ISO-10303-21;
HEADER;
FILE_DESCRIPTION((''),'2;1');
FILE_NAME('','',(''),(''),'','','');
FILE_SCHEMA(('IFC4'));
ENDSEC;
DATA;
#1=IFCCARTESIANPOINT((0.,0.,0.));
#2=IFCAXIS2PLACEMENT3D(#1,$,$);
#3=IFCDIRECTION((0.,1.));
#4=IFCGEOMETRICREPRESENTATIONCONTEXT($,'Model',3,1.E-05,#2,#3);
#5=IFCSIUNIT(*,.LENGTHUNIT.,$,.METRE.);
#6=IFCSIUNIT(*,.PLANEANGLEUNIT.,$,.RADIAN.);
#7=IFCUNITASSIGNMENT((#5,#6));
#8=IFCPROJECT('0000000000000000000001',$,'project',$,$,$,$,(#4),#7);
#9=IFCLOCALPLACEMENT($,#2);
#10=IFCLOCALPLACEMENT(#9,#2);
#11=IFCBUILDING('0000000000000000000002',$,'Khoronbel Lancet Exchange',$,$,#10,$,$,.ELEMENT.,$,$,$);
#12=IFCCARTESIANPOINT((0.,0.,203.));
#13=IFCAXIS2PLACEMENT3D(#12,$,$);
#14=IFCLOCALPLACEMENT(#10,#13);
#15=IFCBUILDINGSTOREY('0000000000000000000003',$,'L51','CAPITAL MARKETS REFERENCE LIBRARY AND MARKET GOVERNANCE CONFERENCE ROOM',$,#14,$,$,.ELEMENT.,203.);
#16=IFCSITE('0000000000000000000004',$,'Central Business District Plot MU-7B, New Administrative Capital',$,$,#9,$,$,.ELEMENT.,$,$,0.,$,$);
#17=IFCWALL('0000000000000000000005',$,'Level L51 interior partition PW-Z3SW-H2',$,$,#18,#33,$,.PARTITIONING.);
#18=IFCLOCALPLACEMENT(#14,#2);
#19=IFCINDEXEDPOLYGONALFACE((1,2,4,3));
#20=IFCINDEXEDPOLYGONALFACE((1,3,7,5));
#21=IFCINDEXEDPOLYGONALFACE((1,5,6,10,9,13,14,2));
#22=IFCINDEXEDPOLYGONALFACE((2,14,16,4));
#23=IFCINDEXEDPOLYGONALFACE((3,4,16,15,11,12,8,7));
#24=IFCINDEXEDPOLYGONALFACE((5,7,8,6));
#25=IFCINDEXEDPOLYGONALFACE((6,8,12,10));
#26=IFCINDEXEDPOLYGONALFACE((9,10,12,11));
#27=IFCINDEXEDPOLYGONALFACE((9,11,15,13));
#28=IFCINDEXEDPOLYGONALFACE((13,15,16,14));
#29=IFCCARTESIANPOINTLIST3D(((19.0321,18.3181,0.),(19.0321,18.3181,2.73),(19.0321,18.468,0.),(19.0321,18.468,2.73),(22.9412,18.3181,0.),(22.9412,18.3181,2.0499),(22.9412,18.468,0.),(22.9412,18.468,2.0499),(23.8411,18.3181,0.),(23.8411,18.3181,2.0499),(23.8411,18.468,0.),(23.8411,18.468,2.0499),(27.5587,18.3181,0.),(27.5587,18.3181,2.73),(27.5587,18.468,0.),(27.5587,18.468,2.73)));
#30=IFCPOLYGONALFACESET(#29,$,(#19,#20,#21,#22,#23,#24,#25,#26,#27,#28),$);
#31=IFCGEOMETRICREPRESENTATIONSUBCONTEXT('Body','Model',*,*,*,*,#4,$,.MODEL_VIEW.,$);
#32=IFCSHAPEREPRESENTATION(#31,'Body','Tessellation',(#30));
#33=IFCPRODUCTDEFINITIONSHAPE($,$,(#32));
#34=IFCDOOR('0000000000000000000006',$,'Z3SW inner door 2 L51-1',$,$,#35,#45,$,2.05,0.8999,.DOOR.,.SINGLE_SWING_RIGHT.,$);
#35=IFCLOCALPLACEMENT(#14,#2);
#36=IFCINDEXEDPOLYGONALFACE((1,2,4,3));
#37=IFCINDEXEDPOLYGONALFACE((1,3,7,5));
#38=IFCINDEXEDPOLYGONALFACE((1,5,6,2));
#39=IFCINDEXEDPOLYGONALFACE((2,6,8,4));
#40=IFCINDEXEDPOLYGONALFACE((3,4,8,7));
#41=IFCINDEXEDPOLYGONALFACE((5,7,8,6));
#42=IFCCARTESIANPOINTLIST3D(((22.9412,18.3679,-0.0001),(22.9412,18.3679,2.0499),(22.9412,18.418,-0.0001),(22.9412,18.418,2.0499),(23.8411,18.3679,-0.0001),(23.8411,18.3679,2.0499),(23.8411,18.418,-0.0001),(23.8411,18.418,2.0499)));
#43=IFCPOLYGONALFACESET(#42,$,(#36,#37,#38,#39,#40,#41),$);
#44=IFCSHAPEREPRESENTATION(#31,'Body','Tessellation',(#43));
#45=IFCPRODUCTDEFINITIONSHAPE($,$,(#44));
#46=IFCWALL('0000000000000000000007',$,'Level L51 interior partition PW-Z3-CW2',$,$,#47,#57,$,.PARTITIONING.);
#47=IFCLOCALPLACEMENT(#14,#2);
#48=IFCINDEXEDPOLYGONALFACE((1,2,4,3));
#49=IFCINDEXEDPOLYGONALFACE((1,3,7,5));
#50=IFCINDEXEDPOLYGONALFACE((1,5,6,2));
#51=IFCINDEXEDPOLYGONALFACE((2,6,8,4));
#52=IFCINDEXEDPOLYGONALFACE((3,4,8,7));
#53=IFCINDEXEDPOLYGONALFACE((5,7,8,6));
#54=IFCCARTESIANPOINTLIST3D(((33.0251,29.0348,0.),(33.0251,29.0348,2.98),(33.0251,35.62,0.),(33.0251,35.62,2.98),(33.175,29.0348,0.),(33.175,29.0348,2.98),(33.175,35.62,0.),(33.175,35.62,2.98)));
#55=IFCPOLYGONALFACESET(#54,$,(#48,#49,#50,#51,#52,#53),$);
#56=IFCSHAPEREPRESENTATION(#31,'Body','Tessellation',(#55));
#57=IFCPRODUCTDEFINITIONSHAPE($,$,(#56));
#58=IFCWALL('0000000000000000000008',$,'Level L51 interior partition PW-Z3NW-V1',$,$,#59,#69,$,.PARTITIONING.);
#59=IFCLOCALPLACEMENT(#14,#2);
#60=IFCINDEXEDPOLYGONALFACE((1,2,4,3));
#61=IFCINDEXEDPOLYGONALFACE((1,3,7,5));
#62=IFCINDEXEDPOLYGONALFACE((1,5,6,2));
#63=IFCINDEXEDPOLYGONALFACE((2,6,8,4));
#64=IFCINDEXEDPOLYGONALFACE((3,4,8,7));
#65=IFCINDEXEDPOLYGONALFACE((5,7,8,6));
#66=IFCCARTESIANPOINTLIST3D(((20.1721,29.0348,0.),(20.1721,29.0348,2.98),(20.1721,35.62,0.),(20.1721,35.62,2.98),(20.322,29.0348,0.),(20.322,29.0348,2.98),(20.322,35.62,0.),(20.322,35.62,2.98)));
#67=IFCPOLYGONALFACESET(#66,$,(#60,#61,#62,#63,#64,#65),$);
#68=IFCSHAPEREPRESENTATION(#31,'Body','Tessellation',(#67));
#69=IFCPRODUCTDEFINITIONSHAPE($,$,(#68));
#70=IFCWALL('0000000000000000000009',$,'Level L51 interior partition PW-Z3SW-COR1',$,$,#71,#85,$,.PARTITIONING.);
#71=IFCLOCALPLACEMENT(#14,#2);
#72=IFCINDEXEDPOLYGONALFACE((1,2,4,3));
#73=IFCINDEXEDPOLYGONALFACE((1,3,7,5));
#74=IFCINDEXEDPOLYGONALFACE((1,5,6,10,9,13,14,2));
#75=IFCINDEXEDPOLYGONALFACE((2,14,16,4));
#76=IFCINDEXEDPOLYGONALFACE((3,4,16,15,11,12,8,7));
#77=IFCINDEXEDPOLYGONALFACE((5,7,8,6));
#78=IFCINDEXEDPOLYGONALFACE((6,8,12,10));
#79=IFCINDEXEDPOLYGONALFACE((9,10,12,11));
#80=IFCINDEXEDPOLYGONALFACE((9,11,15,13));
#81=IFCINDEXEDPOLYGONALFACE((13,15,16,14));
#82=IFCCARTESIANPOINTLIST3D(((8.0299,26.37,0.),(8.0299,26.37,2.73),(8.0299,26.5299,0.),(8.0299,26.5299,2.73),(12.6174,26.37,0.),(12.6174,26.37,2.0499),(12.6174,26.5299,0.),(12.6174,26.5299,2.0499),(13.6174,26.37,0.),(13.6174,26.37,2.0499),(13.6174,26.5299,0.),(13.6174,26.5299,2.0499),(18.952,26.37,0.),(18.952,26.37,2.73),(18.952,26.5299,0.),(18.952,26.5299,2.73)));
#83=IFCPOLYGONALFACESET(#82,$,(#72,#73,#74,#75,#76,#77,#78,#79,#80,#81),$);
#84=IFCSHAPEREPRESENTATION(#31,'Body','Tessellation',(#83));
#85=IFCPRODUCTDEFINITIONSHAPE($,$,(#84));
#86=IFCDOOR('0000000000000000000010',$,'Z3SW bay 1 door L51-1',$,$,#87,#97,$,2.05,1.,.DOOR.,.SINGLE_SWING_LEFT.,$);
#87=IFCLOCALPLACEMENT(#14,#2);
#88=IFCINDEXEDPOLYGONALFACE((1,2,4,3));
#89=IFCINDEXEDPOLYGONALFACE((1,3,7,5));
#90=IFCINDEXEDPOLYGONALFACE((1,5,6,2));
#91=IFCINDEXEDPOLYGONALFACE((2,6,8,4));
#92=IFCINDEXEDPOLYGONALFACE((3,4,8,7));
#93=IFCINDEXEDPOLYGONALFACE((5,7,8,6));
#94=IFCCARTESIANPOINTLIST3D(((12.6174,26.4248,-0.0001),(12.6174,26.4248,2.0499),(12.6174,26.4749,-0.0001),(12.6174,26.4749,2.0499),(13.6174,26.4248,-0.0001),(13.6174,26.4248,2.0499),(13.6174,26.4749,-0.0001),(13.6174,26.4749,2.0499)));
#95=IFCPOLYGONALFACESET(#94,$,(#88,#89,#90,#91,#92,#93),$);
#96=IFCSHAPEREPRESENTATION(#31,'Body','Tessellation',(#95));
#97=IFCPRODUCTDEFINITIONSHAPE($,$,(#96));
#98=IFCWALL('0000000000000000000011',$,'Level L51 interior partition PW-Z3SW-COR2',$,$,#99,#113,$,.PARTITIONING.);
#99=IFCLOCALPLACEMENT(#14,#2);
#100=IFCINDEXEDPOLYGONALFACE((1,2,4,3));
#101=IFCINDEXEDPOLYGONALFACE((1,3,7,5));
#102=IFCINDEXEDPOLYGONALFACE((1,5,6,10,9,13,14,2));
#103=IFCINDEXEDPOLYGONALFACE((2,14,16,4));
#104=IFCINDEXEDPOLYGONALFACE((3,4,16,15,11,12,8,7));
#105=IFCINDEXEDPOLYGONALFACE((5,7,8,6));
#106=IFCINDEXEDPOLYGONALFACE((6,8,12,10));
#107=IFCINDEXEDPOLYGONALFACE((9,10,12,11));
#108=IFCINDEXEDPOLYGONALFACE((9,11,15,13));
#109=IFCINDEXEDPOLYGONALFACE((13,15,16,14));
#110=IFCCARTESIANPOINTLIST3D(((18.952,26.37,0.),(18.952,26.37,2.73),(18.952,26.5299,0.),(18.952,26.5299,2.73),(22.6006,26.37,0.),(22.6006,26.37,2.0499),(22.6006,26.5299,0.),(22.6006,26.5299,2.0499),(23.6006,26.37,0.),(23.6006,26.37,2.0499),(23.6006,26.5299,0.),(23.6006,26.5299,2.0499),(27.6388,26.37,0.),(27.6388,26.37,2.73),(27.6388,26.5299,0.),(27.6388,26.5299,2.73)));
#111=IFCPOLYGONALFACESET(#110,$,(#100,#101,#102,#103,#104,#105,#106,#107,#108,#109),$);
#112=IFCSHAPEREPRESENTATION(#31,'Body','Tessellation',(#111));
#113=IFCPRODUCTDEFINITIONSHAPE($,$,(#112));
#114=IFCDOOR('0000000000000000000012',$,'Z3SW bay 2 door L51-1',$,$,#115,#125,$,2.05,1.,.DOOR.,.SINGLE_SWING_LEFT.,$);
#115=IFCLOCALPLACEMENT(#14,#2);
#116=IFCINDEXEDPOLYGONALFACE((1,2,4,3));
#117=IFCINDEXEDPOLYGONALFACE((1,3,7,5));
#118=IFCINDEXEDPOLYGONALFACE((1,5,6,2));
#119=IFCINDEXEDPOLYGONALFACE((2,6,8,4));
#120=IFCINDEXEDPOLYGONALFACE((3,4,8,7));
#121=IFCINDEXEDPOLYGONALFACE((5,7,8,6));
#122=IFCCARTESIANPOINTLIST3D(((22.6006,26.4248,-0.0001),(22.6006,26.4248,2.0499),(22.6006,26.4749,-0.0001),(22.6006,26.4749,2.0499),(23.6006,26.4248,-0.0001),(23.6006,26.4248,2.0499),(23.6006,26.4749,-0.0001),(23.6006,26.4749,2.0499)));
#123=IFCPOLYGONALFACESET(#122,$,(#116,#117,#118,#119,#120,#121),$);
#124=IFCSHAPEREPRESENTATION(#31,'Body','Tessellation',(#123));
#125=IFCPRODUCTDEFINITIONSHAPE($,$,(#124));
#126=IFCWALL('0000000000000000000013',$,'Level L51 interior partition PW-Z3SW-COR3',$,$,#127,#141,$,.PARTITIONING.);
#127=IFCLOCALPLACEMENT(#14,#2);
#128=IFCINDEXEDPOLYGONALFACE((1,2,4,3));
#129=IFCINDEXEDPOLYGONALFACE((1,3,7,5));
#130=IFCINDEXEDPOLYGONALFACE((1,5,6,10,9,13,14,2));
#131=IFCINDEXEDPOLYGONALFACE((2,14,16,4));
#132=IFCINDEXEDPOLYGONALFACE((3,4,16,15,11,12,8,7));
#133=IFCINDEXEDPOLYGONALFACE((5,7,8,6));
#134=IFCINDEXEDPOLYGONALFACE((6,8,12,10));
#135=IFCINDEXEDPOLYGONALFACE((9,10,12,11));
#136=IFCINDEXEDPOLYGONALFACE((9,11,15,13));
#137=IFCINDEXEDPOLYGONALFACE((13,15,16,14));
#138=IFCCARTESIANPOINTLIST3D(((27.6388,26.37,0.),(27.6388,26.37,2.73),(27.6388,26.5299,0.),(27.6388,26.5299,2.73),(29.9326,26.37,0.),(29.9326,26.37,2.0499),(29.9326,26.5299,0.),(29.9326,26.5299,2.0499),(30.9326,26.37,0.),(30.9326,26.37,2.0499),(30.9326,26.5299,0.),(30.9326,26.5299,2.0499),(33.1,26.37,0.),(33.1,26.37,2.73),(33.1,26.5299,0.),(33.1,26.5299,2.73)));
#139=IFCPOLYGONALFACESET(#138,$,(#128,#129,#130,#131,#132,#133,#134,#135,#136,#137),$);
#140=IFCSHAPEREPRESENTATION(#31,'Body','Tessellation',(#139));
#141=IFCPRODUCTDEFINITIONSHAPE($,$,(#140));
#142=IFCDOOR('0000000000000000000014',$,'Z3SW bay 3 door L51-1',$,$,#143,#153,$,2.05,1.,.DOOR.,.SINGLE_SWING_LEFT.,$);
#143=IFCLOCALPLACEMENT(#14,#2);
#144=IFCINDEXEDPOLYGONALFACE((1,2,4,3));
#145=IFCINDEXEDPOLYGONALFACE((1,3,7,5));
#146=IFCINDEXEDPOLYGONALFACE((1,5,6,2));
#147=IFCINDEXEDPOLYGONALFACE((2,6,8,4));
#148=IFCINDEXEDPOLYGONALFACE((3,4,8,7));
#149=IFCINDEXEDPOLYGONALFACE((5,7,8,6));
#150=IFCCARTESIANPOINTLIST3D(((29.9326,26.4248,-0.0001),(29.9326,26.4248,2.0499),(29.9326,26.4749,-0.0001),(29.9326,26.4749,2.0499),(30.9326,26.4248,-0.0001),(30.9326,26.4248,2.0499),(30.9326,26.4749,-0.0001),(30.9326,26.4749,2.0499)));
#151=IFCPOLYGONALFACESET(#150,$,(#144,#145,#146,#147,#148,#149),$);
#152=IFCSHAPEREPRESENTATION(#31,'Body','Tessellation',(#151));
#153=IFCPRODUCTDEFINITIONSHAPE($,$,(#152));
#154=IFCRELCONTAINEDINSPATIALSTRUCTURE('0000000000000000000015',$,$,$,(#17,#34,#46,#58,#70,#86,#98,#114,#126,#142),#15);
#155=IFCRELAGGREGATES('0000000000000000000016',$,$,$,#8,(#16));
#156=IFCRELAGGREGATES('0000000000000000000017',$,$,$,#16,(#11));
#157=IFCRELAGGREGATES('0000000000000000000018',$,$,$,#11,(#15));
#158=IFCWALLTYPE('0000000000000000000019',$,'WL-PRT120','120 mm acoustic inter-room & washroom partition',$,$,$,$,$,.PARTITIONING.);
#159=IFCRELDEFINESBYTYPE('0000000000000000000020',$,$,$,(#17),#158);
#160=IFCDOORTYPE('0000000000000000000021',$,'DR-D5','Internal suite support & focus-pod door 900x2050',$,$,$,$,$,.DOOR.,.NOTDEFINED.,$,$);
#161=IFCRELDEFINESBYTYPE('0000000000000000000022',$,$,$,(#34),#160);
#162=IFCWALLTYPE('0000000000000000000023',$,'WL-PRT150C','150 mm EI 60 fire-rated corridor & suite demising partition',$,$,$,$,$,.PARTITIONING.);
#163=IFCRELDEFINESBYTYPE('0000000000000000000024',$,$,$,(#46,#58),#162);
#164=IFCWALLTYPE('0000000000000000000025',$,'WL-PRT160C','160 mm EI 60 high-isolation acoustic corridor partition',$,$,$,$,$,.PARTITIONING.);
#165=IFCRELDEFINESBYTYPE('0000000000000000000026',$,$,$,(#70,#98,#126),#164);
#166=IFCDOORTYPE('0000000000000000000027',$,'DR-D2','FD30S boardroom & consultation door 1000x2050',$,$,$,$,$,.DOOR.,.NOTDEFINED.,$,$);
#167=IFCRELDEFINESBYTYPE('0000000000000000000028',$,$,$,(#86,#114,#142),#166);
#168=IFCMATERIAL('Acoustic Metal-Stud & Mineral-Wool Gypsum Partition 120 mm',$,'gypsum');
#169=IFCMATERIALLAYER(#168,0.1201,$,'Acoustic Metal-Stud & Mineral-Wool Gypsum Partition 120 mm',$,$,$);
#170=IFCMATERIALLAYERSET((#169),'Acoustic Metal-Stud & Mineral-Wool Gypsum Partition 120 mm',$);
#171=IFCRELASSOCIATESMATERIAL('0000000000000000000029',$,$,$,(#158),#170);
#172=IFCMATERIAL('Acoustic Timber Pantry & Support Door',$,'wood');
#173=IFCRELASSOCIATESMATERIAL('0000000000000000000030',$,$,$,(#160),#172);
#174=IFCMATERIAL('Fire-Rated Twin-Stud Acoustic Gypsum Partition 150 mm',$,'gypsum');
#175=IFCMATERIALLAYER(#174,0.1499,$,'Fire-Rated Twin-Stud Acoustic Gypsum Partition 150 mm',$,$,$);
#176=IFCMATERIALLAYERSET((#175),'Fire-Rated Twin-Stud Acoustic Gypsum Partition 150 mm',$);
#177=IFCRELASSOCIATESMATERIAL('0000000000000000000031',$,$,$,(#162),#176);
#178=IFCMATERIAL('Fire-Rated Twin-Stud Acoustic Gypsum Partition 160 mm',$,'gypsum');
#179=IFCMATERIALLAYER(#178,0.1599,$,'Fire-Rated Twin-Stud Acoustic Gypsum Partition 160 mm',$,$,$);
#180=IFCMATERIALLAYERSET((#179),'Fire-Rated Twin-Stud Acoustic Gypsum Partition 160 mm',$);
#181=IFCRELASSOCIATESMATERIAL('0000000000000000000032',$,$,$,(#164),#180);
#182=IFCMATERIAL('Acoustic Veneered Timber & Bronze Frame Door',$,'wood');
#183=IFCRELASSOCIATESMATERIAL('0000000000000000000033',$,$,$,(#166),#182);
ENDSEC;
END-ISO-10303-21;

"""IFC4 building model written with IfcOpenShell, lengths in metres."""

from ifc_helpers import new_model, si_unit, direction, frame, frame_2d, origin, place, context, subcontext, project, spatial, rectangle, extrude, material, layer, layer_set, type_object, element, fill, save


model = new_model("IFC4")

# Units and contexts
model_context = context("Model", 3, precision=1e-05, world=origin(), true_north=direction((0.0, 1.0)))
body_context = subcontext(model_context, "Body", "Model", "MODEL_VIEW")
ifc_project = project(units=[si_unit("LENGTHUNIT", "METRE"), si_unit("PLANEANGLEUNIT", "RADIAN")], contexts=[model_context])

# Site, building, storey
site_placement = place(None, origin())
site = spatial("IfcSite", under=ifc_project, at=site_placement, Name="Central Business District Plot MU-7B, New Administrative Capital", CompositionType="ELEMENT", RefElevation=0.0)
building_placement = place(site_placement, origin())
building = spatial("IfcBuilding", under=site, at=building_placement, Name="Khoronbel Lancet Exchange", CompositionType="ELEMENT")
storey_placement = place(building_placement, frame((0.0, 0.0, 203.0)))
storey = spatial("IfcBuildingStorey", under=building, at=storey_placement, Name="L51", Description="CAPITAL MARKETS REFERENCE LIBRARY AND MARKET GOVERNANCE CONFERENCE ROOM", CompositionType="ELEMENT", Elevation=203.0)

# Wall, opening, door
ifc_material_1 = material(Name="Acoustic Metal-Stud & Mineral-Wool Gypsum Partition 120 mm", Category="gypsum")
ifc_layer_1 = layer(ifc_material_1, 0.1201, Name="Acoustic Metal-Stud & Mineral-Wool Gypsum Partition 120 mm")
ifc_layer_set_1 = layer_set([ifc_layer_1], Name="Acoustic Metal-Stud & Mineral-Wool Gypsum Partition 120 mm")
wall_type_1 = type_object("IfcWallType", Name="WL-PRT120", Description="120 mm acoustic inter-room & washroom partition", PredefinedType="PARTITIONING", material=ifc_layer_set_1)
ifc_material_2 = material(Name="Acoustic Timber Pantry & Support Door", Category="wood")
door_type_1 = type_object("IfcDoorType", Name="DR-D5", Description="Internal suite support & focus-pod door 900x2050", OperationType="NOTDEFINED", PredefinedType="DOOR", material=ifc_material_2)
wall_1_placement = place(storey_placement, frame((19.0322, 18.3931, 0.0), z_axis=(0.0, 0.0, 1.0), x_axis=(1.0, 0.0, 0.0)))
wall_1 = element("IfcWall", 1, at=wall_1_placement, inside=storey, type_object=wall_type_1, Name="Level L51 interior partition PW-Z3SW-H2", PredefinedType="PARTITIONING", context=body_context, shape_type="SweptSolid", body=[
    extrude(rectangle(XDim=8.5266, YDim=0.1499, at=frame_2d((4.2632, 0.0))), origin(), (0.0, 0.0, 1.0), 2.73),
])
opening_1_placement = place(wall_1_placement, frame((3.9089, 0.0, 0.0)))
opening_1 = element("IfcOpeningElement", 2, at=opening_1_placement, cuts=wall_1, PredefinedType="OPENING", context=body_context, shape_type="SweptSolid", body=[
    extrude(rectangle(XDim=0.8999, YDim=2.05, at=frame_2d((0.45, 1.0249))), frame((0.0, 0.085, 0.0), z_axis=(0.0, -1.0, 0.0), x_axis=(1.0, 0.0, 0.0)), (0.0, 0.0, 1.0), 0.1699),
])
door_1_placement = place(opening_1_placement, origin())
door_1 = element("IfcDoor", 3, at=door_1_placement, inside=storey, type_object=door_type_1, Name="Z3SW inner door 2 L51-1", OperationType="SINGLE_SWING_RIGHT", OverallHeight=2.05, OverallWidth=0.8999, PredefinedType="DOOR", context=body_context, shape_type="SweptSolid", body=[
    extrude(rectangle(XDim=0.8999, YDim=2.05, at=frame_2d((0.45, 1.0249))), frame((0.0, 0.0249, 0.0), z_axis=(0.0, -1.0, 0.0), x_axis=(1.0, 0.0, 0.0)), (0.0, 0.0, 1.0), 0.05),
])
fill(opening_1, door_1)

# Walls
ifc_material_3 = material(Name="Fire-Rated Twin-Stud Acoustic Gypsum Partition 150 mm", Category="gypsum")
ifc_layer_2 = layer(ifc_material_3, 0.1499, Name="Fire-Rated Twin-Stud Acoustic Gypsum Partition 150 mm")
ifc_layer_set_2 = layer_set([ifc_layer_2], Name="Fire-Rated Twin-Stud Acoustic Gypsum Partition 150 mm")
wall_type_2 = type_object("IfcWallType", Name="WL-PRT150C", Description="150 mm EI 60 fire-rated corridor & suite demising partition", PredefinedType="PARTITIONING", material=ifc_layer_set_2)
for number, where, z_axis, x_axis, name in (
    (4, (33.1001, 29.0349, 0.0), (0.0, 0.0, 1.0), (0.0, 1.0, 0.0), "Level L51 interior partition PW-Z3-CW2"),
    (5, (20.2471, 29.0349, 0.0), (0.0, 0.0, 1.0), (0.0, 1.0, 0.0), "Level L51 interior partition PW-Z3NW-V1"),
):
    element("IfcWall", number, at=place(storey_placement, frame(where, z_axis=z_axis, x_axis=x_axis)), inside=storey, type_object=wall_type_2, Name=name, PredefinedType="PARTITIONING", context=body_context, shape_type="SweptSolid", body=[
        extrude(rectangle(XDim=6.5852, YDim=0.1499, at=frame_2d((3.2925, 0.0))), origin(), (0.0, 0.0, 1.0), 2.98),
    ])

# Walls, openings, doors
ifc_material_4 = material(Name="Fire-Rated Twin-Stud Acoustic Gypsum Partition 160 mm", Category="gypsum")
ifc_layer_3 = layer(ifc_material_4, 0.1599, Name="Fire-Rated Twin-Stud Acoustic Gypsum Partition 160 mm")
ifc_layer_set_3 = layer_set([ifc_layer_3], Name="Fire-Rated Twin-Stud Acoustic Gypsum Partition 160 mm")
wall_type_3 = type_object("IfcWallType", Name="WL-PRT160C", Description="160 mm EI 60 high-isolation acoustic corridor partition", PredefinedType="PARTITIONING", material=ifc_layer_set_3)
wall_2_placement = place(storey_placement, frame((8.03, 26.45, 0.0), z_axis=(0.0, 0.0, 1.0), x_axis=(1.0, 0.0, 0.0)))
wall_2 = element("IfcWall", 6, at=wall_2_placement, inside=storey, type_object=wall_type_3, Name="Level L51 interior partition PW-Z3SW-COR1", PredefinedType="PARTITIONING", context=body_context, shape_type="SweptSolid", body=[
    extrude(rectangle(XDim=10.9221, YDim=0.1599, at=frame_2d((5.4609, 0.0))), origin(), (0.0, 0.0, 1.0), 2.73),
])
opening_2_placement = place(wall_2_placement, frame((4.5874, 0.0, 0.0)))
opening_2 = element("IfcOpeningElement", 7, at=opening_2_placement, cuts=wall_2, PredefinedType="OPENING", context=body_context, shape_type="SweptSolid", body=[
    extrude(rectangle(XDim=1.0, YDim=2.05, at=frame_2d((0.5, 1.0249))), frame((0.0, 0.0898, 0.0), z_axis=(0.0, -1.0, 0.0), x_axis=(1.0, 0.0, 0.0)), (0.0, 0.0, 1.0), 0.1799),
])
ifc_material_5 = material(Name="Acoustic Veneered Timber & Bronze Frame Door", Category="wood")
door_type_2 = type_object("IfcDoorType", Name="DR-D2", Description="FD30S boardroom & consultation door 1000x2050", OperationType="NOTDEFINED", PredefinedType="DOOR", material=ifc_material_5)
door_2_placement = place(opening_2_placement, origin())
door_2 = element("IfcDoor", 8, at=door_2_placement, inside=storey, type_object=door_type_2, Name="Z3SW bay 1 door L51-1", OperationType="SINGLE_SWING_LEFT", OverallHeight=2.05, OverallWidth=1.0, PredefinedType="DOOR", context=body_context, shape_type="SweptSolid", body=[
    extrude(rectangle(XDim=1.0, YDim=2.05, at=frame_2d((0.5, 1.0249))), frame((0.0, 0.0249, 0.0), z_axis=(0.0, -1.0, 0.0), x_axis=(1.0, 0.0, 0.0)), (0.0, 0.0, 1.0), 0.05),
])
fill(opening_2, door_2)
wall_3_placement = place(storey_placement, frame((18.9521, 26.45, 0.0), z_axis=(0.0, 0.0, 1.0), x_axis=(1.0, 0.0, 0.0)))
wall_3 = element("IfcWall", 9, at=wall_3_placement, inside=storey, type_object=wall_type_3, Name="Level L51 interior partition PW-Z3SW-COR2", PredefinedType="PARTITIONING", context=body_context, shape_type="SweptSolid", body=[
    extrude(rectangle(XDim=8.6868, YDim=0.1599, at=frame_2d((4.3433, 0.0))), origin(), (0.0, 0.0, 1.0), 2.73),
])
opening_3_placement = place(wall_3_placement, frame((3.6484, 0.0, 0.0)))
opening_3 = element("IfcOpeningElement", 10, at=opening_3_placement, cuts=wall_3, PredefinedType="OPENING", context=body_context, shape_type="SweptSolid", body=[
    extrude(rectangle(XDim=1.0, YDim=2.05, at=frame_2d((0.5, 1.0249))), frame((0.0, 0.0898, 0.0), z_axis=(0.0, -1.0, 0.0), x_axis=(1.0, 0.0, 0.0)), (0.0, 0.0, 1.0), 0.1799),
])
door_3_placement = place(opening_3_placement, origin())
door_3 = element("IfcDoor", 11, at=door_3_placement, inside=storey, type_object=door_type_2, Name="Z3SW bay 2 door L51-1", OperationType="SINGLE_SWING_LEFT", OverallHeight=2.05, OverallWidth=1.0, PredefinedType="DOOR", context=body_context, shape_type="SweptSolid", body=[
    extrude(rectangle(XDim=1.0, YDim=2.05, at=frame_2d((0.5, 1.0249))), frame((0.0, 0.0249, 0.0), z_axis=(0.0, -1.0, 0.0), x_axis=(1.0, 0.0, 0.0)), (0.0, 0.0, 1.0), 0.05),
])
fill(opening_3, door_3)
wall_4_placement = place(storey_placement, frame((27.6389, 26.45, 0.0), z_axis=(0.0, 0.0, 1.0), x_axis=(1.0, 0.0, 0.0)))
wall_4 = element("IfcWall", 12, at=wall_4_placement, inside=storey, type_object=wall_type_3, Name="Level L51 interior partition PW-Z3SW-COR3", PredefinedType="PARTITIONING", context=body_context, shape_type="SweptSolid", body=[
    extrude(rectangle(XDim=5.4612, YDim=0.1599, at=frame_2d((2.7305, 0.0))), origin(), (0.0, 0.0, 1.0), 2.73),
])
opening_4_placement = place(wall_4_placement, frame((2.2937, 0.0, 0.0)))
opening_4 = element("IfcOpeningElement", 13, at=opening_4_placement, cuts=wall_4, PredefinedType="OPENING", context=body_context, shape_type="SweptSolid", body=[
    extrude(rectangle(XDim=1.0, YDim=2.05, at=frame_2d((0.5, 1.0249))), frame((0.0, 0.0898, 0.0), z_axis=(0.0, -1.0, 0.0), x_axis=(1.0, 0.0, 0.0)), (0.0, 0.0, 1.0), 0.1799),
])
door_4_placement = place(opening_4_placement, origin())
door_4 = element("IfcDoor", 14, at=door_4_placement, inside=storey, type_object=door_type_2, Name="Z3SW bay 3 door L51-1", OperationType="SINGLE_SWING_LEFT", OverallHeight=2.05, OverallWidth=1.0, PredefinedType="DOOR", context=body_context, shape_type="SweptSolid", body=[
    extrude(rectangle(XDim=1.0, YDim=2.05, at=frame_2d((0.5, 1.0249))), frame((0.0, 0.0249, 0.0), z_axis=(0.0, -1.0, 0.0), x_axis=(1.0, 0.0, 0.0)), (0.0, 0.0, 1.0), 0.05),
])
fill(opening_4, door_4)

save(model, "model.ifc")
